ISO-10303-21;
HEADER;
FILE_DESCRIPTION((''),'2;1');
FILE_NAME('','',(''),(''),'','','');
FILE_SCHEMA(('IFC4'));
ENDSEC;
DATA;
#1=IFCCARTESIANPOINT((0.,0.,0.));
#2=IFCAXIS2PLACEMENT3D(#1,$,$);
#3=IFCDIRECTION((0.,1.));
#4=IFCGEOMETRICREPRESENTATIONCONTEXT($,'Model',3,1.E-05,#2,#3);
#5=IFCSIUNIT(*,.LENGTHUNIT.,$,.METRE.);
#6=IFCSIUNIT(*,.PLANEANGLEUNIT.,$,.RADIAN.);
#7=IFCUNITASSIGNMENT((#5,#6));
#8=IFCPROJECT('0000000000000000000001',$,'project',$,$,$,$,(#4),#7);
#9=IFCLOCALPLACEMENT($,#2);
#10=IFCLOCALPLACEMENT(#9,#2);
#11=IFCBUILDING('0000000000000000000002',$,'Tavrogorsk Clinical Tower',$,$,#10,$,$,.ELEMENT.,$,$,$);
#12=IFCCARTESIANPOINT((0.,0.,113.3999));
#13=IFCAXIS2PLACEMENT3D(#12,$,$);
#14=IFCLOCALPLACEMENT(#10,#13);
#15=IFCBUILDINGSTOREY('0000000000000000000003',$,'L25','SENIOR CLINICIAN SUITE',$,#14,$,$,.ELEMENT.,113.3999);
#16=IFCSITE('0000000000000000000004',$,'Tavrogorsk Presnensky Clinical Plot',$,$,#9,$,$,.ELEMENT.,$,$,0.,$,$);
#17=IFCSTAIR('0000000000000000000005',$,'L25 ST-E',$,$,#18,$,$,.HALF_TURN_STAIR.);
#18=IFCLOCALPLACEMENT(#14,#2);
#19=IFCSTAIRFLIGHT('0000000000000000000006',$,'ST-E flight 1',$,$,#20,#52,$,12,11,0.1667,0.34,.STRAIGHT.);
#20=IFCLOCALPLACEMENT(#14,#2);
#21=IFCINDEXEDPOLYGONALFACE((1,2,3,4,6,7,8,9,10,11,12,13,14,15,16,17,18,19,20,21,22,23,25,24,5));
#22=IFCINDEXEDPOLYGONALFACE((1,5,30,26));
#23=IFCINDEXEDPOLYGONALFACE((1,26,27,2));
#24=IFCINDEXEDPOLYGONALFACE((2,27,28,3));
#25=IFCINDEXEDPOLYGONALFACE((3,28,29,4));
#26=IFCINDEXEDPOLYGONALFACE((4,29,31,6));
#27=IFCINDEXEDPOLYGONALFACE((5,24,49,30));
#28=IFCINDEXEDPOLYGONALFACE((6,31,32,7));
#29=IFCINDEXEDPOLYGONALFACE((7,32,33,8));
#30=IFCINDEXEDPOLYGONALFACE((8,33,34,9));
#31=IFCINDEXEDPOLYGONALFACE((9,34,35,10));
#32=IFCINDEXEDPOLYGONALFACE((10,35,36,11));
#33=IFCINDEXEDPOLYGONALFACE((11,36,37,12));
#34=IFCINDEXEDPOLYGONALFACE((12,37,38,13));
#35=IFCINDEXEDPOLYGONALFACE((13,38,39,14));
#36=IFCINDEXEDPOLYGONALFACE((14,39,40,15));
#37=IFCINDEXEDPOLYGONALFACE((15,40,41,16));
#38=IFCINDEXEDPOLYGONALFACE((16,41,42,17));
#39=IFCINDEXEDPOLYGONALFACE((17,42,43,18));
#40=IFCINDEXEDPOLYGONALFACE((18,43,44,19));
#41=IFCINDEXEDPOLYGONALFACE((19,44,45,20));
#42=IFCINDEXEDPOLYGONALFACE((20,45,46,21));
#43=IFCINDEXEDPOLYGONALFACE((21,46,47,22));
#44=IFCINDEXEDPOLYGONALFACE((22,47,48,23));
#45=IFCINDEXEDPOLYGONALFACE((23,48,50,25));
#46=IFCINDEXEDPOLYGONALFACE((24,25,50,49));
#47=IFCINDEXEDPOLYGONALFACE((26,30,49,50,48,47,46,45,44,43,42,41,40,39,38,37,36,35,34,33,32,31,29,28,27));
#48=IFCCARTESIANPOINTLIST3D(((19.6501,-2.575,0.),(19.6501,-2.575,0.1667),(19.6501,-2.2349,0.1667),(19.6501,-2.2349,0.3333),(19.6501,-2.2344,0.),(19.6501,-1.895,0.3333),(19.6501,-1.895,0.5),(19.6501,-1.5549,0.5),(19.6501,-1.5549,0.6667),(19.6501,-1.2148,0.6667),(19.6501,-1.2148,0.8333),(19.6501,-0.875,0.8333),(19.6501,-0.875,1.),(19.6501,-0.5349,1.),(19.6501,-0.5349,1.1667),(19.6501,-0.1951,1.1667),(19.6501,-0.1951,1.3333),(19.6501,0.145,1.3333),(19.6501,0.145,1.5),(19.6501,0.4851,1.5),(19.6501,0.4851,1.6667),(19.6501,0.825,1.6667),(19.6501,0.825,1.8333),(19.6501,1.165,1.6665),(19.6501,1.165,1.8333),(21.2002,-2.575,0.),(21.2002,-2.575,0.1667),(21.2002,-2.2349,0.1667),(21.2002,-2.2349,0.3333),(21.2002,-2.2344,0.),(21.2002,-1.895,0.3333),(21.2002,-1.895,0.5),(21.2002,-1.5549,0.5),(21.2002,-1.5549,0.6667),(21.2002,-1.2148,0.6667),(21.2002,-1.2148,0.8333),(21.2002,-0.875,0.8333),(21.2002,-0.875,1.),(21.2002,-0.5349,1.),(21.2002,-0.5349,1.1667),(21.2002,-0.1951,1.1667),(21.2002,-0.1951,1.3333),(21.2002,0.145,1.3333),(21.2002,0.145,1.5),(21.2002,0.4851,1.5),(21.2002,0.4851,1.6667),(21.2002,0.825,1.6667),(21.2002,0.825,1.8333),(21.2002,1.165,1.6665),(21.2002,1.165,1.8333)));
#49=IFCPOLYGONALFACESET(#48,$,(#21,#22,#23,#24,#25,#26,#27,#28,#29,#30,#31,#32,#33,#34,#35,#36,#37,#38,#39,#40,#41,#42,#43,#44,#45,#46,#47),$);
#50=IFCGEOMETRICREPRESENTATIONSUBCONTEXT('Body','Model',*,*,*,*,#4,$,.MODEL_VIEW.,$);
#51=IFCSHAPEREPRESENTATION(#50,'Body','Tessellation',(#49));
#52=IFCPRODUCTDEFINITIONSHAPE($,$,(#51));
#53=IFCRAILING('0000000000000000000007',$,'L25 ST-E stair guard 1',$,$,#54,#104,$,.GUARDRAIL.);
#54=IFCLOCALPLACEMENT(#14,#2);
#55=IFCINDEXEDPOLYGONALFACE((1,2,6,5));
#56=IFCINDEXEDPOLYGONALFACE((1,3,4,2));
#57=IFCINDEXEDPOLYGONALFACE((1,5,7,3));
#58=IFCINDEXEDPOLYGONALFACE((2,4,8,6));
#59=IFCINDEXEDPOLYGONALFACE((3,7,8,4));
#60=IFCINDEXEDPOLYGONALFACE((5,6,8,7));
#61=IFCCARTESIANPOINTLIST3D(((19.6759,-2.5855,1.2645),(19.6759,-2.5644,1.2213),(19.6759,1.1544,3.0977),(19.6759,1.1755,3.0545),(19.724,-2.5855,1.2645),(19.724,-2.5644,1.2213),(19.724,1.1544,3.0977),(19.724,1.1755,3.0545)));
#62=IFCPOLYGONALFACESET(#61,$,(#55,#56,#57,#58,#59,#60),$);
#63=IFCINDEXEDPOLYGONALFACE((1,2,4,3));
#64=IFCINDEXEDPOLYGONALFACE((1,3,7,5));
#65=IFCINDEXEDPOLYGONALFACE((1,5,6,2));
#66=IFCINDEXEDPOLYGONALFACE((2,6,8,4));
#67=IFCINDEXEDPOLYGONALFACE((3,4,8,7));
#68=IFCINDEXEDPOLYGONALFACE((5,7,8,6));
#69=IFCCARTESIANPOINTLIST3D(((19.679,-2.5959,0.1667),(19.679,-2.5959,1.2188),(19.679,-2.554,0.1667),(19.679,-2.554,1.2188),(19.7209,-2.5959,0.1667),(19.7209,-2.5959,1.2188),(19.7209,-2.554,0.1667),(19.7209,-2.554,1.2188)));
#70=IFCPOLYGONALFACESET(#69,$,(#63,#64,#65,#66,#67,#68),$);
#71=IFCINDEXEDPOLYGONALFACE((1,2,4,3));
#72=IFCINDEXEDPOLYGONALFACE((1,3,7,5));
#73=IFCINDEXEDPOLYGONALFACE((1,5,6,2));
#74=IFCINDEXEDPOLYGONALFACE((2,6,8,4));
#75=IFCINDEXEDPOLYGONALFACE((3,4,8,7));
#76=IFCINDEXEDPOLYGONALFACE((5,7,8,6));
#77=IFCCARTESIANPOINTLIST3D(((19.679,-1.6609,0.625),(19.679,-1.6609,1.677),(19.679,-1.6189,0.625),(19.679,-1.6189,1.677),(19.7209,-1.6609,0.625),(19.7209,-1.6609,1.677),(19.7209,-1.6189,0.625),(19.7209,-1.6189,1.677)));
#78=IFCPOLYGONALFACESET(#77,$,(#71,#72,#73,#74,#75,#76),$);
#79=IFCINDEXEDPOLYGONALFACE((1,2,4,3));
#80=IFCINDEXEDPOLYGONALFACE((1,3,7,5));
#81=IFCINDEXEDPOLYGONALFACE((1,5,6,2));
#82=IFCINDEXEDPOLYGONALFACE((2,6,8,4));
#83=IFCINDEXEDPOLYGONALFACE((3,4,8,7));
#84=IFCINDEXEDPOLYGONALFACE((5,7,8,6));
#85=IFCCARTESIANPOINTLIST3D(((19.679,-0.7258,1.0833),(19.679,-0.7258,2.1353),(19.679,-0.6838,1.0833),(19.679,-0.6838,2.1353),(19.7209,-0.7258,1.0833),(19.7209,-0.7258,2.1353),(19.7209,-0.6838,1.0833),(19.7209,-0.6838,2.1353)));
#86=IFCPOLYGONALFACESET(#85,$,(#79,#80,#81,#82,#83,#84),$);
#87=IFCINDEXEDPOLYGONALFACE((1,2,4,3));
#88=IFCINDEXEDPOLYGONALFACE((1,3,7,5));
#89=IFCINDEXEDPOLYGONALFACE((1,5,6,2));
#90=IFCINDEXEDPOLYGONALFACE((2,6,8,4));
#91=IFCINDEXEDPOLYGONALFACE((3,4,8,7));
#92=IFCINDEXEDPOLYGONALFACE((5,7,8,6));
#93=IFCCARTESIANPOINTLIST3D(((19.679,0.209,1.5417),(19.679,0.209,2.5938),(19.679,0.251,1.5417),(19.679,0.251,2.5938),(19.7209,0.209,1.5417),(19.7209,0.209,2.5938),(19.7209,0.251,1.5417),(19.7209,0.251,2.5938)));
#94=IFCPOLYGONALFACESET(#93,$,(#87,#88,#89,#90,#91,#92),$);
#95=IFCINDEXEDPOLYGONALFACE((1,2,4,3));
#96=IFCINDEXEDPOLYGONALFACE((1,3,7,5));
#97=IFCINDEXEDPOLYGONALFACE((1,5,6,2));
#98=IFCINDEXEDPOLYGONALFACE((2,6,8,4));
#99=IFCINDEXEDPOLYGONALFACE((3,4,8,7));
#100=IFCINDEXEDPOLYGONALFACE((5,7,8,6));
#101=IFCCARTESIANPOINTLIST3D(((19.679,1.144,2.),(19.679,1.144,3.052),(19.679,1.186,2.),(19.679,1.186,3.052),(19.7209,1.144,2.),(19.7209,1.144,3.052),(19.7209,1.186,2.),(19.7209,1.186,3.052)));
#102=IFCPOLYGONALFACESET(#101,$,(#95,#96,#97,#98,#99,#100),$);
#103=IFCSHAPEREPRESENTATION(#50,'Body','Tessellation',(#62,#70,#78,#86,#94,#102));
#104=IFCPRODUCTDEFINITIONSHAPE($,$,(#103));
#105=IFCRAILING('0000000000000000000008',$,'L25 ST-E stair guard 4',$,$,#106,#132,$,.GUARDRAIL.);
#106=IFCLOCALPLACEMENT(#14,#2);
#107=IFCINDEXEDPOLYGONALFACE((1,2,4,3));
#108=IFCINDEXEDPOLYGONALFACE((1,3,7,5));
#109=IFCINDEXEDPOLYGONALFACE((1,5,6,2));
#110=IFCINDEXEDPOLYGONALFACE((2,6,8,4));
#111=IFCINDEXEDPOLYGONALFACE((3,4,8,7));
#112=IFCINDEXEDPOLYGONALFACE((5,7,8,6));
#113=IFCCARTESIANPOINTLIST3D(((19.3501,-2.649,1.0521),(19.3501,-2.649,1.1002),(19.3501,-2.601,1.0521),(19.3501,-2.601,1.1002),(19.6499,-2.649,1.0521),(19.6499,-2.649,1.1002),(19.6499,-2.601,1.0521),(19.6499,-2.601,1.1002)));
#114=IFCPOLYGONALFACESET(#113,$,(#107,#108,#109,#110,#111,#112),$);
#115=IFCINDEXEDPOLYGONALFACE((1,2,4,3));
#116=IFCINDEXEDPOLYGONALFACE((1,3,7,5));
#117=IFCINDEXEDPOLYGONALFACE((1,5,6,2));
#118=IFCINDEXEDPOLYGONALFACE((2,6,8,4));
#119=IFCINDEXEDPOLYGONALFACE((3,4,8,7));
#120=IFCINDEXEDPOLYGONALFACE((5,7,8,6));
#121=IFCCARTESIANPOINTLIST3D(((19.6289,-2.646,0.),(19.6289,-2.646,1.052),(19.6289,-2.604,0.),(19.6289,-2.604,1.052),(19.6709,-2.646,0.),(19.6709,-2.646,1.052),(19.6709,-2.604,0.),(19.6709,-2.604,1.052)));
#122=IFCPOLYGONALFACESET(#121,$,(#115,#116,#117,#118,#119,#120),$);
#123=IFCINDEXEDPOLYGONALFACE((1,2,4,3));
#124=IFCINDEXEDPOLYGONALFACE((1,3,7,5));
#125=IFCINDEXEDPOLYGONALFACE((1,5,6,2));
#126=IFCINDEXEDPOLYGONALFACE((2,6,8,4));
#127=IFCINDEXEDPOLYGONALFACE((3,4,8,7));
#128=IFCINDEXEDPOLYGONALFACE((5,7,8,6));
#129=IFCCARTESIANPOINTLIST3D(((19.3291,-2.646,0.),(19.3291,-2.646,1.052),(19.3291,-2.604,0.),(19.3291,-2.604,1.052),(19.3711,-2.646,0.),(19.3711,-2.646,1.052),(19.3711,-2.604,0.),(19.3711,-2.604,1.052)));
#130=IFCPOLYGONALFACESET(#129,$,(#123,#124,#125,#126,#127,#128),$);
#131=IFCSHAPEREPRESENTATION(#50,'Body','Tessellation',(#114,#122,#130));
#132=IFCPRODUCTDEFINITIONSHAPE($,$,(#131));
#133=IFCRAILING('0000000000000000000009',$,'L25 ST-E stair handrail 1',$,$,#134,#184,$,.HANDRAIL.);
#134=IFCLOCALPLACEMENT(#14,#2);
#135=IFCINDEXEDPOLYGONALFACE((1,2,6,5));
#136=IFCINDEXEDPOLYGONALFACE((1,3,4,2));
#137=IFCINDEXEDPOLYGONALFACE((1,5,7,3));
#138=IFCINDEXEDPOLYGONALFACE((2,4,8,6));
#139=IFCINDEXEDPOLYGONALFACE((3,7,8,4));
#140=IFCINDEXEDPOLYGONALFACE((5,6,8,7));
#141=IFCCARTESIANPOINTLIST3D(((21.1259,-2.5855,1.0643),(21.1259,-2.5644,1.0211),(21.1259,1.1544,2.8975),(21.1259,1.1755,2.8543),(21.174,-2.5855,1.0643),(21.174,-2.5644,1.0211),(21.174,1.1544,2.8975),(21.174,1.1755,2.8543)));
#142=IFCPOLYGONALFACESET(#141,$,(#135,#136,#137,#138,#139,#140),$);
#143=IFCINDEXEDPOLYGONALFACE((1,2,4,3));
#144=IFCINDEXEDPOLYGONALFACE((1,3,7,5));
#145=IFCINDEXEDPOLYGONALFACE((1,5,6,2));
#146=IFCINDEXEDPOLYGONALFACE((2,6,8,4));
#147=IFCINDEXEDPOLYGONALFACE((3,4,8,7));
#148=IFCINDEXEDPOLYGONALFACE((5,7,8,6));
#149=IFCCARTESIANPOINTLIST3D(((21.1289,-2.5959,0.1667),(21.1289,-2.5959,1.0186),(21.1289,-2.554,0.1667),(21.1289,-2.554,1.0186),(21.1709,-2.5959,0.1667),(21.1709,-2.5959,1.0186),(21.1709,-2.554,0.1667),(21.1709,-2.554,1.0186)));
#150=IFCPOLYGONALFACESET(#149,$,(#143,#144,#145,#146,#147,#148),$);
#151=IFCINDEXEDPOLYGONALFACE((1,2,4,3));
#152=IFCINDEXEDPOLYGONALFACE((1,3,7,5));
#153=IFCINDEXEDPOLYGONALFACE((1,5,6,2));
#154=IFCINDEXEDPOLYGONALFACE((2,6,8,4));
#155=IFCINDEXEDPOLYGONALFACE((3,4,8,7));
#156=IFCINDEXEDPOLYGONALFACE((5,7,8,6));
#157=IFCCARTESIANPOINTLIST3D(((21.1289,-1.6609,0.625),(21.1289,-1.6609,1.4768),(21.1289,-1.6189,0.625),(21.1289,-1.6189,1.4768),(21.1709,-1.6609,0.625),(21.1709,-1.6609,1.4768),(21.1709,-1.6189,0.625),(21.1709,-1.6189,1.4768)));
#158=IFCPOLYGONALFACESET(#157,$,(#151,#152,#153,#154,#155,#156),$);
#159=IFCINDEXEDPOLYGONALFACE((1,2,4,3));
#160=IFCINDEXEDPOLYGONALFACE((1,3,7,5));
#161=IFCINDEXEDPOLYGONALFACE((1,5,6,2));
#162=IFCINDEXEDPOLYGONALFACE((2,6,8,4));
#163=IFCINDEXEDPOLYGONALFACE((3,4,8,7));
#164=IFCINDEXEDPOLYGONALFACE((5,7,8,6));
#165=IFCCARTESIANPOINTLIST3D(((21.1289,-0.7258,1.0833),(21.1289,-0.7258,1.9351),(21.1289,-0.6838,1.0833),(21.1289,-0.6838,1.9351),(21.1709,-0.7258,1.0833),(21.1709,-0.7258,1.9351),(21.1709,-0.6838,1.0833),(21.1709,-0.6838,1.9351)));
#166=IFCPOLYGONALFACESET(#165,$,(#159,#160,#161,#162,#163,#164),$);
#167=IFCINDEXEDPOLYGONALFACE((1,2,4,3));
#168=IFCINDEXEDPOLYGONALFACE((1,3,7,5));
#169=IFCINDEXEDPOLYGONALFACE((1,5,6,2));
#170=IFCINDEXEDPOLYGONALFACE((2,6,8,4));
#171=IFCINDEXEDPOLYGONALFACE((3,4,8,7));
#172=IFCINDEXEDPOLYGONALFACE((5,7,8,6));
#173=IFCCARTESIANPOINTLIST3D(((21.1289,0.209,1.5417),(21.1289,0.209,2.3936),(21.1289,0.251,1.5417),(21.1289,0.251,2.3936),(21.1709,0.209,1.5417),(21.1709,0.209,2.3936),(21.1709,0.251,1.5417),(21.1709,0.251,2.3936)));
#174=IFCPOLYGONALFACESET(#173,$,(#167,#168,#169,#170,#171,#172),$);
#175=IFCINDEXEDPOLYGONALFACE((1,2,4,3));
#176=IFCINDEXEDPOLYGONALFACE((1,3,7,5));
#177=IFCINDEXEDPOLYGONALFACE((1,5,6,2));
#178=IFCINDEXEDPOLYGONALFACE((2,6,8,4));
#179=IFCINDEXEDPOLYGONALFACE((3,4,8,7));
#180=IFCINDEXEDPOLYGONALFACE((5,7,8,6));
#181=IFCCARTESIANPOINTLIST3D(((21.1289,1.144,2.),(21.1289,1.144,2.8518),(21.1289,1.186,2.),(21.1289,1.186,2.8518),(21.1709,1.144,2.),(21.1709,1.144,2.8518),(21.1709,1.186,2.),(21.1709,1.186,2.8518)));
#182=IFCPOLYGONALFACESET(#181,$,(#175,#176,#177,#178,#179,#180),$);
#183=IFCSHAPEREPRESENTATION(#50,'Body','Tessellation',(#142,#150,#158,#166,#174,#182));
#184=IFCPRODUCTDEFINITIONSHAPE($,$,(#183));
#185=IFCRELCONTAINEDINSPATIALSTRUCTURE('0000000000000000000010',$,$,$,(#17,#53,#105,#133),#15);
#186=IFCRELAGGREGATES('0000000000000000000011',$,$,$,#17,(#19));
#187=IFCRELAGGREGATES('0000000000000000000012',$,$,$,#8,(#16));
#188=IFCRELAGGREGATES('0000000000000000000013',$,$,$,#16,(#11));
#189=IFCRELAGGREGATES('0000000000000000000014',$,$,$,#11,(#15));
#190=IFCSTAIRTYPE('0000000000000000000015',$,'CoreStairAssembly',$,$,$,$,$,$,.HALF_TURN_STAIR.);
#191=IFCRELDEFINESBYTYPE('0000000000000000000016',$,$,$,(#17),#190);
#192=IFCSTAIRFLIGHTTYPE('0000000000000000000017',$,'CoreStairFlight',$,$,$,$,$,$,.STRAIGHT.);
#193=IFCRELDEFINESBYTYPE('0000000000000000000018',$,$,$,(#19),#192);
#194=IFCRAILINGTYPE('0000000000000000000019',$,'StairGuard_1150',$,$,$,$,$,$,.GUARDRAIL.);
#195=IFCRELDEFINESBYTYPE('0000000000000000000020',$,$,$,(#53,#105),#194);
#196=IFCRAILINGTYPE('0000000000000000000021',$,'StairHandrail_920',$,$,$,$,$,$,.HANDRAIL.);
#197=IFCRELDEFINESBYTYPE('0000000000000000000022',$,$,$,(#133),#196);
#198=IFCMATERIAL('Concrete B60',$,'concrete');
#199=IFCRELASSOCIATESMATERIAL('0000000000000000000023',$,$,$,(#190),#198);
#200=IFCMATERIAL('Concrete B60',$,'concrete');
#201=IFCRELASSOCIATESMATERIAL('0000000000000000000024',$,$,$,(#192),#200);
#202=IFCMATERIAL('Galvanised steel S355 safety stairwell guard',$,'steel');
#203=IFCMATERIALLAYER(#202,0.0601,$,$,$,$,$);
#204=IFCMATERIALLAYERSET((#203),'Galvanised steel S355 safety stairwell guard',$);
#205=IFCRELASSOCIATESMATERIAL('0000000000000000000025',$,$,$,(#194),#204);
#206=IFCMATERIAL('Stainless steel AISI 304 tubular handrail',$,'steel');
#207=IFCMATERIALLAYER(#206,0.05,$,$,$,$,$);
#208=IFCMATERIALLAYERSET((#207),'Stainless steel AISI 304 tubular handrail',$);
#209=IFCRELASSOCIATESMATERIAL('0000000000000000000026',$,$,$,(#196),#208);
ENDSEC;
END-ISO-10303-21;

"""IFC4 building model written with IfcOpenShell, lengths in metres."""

from ifc_helpers import new_model, si_unit, direction, frame, origin, origin_2d, place, context, subcontext, project, spatial, polyline, rectangle, outline, extrude, material, layer, layer_set, type_object, element, aggregate, save


model = new_model("IFC4")

# Units and contexts
model_context = context("Model", 3, precision=1e-05, world=origin(), true_north=direction((0.0, 1.0)))
body_context = subcontext(model_context, "Body", "Model", "MODEL_VIEW")
ifc_project = project(units=[si_unit("LENGTHUNIT", "METRE"), si_unit("PLANEANGLEUNIT", "RADIAN")], contexts=[model_context])

# Site, building, storey
site_placement = place(None, origin())
site = spatial("IfcSite", under=ifc_project, at=site_placement, Name="Tavrogorsk Presnensky Clinical Plot", CompositionType="ELEMENT", RefElevation=0.0)
building_placement = place(site_placement, origin())
building = spatial("IfcBuilding", under=site, at=building_placement, Name="Tavrogorsk Clinical Tower", CompositionType="ELEMENT")
storey_placement = place(building_placement, frame((0.0, 0.0, 113.3999)))
storey = spatial("IfcBuildingStorey", under=building, at=storey_placement, Name="L25", Description="SENIOR CLINICIAN SUITE", CompositionType="ELEMENT", Elevation=113.3999)

# Stair, stair flight
ifc_material_1 = material(Name="Concrete B60", Category="concrete")
stair_type = type_object("IfcStairType", Name="CoreStairAssembly", PredefinedType="HALF_TURN_STAIR", material=ifc_material_1)
stair_placement = place(storey_placement, origin())
stair = element("IfcStair", 1, at=stair_placement, inside=storey, type_object=stair_type, Name="L25 ST-E", PredefinedType="HALF_TURN_STAIR")
ifc_material_2 = material(Name="Concrete B60", Category="concrete")
stair_flight_type = type_object("IfcStairFlightType", Name="CoreStairFlight", PredefinedType="STRAIGHT", material=ifc_material_2)
stair_flight_placement = place(storey_placement, frame((20.425, -2.575, 0.0), z_axis=(0.0, 0.0, 1.0), x_axis=(0.0, 1.0, 0.0)))
stair_flight = element("IfcStairFlight", 2, at=stair_flight_placement, type_object=stair_flight_type, Name="ST-E flight 1", NumberOfRisers=12, NumberOfTreads=11, PredefinedType="STRAIGHT", RiserHeight=0.1667, TreadLength=0.34, context=body_context, shape_type="SweptSolid", body=[
    extrude(outline(polyline([(0.0, 0.0), (0.0, 0.1667), (0.3401, 0.1667), (0.3401, 0.3333), (0.6799, 0.3333), (0.6799, 0.5), (1.02, 0.5), (1.02, 0.6667), (1.3601, 0.6667), (1.3601, 0.8333), (1.7, 0.8333), (1.7, 1.0), (2.04, 1.0), (2.04, 1.1667), (2.3799, 1.1667), (2.3799, 1.3333), (2.72, 1.3333), (2.72, 1.5), (3.0601, 1.5), (3.0601, 1.6667), (3.3999, 1.6667), (3.3999, 1.8333), (3.74, 1.8333), (3.74, 2.0), (3.74, 1.6665), (0.3406, 0.0), (0.0, 0.0)])), frame((0.0, 0.7749, 0.0), z_axis=(0.0, -1.0, 0.0), x_axis=(1.0, 0.0, 0.0)), (0.0, 0.0, 1.0), 1.55),
])
aggregate(stair, [stair_flight])

# Railings
ifc_material_3 = material(Name="Galvanised steel S355 safety stairwell guard", Category="steel")
ifc_layer_1 = layer(ifc_material_3, 0.0601)
ifc_layer_set_1 = layer_set([ifc_layer_1], Name="Galvanised steel S355 safety stairwell guard")
railing_type_1 = type_object("IfcRailingType", Name="StairGuard_1150", PredefinedType="GUARDRAIL", material=ifc_layer_set_1)
railing_1_placement = place(storey_placement, frame((19.7, -2.575, 0.1667)))
element("IfcRailing", 3, at=railing_1_placement, inside=storey, type_object=railing_type_1, Name="L25 ST-E stair guard 1", PredefinedType="GUARDRAIL", context=body_context, shape_type="SweptSolid", body=[
    extrude(rectangle(XDim=0.0481, YDim=0.0481, at=origin_2d()), frame((0.0, 0.0, 1.0762), z_axis=(0.0, 0.897928, 0.440142), x_axis=(-1.0, 0.0, 0.0)), (0.0, 0.0, 1.0), 4.165),
    extrude(rectangle(XDim=0.042, YDim=0.042, at=origin_2d()), origin(), (0.0, 0.0, 1.0), 1.052),
    extrude(rectangle(XDim=0.042, YDim=0.042, at=origin_2d()), frame((0.0, 0.9351, 0.4583)), (0.0, 0.0, 1.0), 1.052),
    extrude(rectangle(XDim=0.042, YDim=0.042, at=origin_2d()), frame((0.0, 1.8701, 0.9165)), (0.0, 0.0, 1.0), 1.052),
    extrude(rectangle(XDim=0.042, YDim=0.042, at=origin_2d()), frame((0.0, 2.8049, 1.375)), (0.0, 0.0, 1.0), 1.052),
    extrude(rectangle(XDim=0.042, YDim=0.042, at=origin_2d()), frame((0.0, 3.74, 1.8333)), (0.0, 0.0, 1.0), 1.052),
])
railing_2_placement = place(storey_placement, frame((19.6499, -2.625, 0.0)))
element("IfcRailing", 4, at=railing_2_placement, inside=storey, type_object=railing_type_1, Name="L25 ST-E stair guard 4", PredefinedType="GUARDRAIL", context=body_context, shape_type="SweptSolid", body=[
    extrude(rectangle(XDim=0.0481, YDim=0.0481, at=origin_2d()), frame((0.0, 0.0, 1.0762), z_axis=(-1.0, 0.0, 0.0), x_axis=(0.0, -1.0, 0.0)), (0.0, 0.0, 1.0), 0.2998),
    extrude(rectangle(XDim=0.042, YDim=0.042, at=origin_2d()), origin(), (0.0, 0.0, 1.0), 1.052),
    extrude(rectangle(XDim=0.042, YDim=0.042, at=origin_2d()), frame((-0.2998, 0.0, 0.0)), (0.0, 0.0, 1.0), 1.052),
])
ifc_material_4 = material(Name="Stainless steel AISI 304 tubular handrail", Category="steel")
ifc_layer_2 = layer(ifc_material_4, 0.05)
ifc_layer_set_2 = layer_set([ifc_layer_2], Name="Stainless steel AISI 304 tubular handrail")
railing_type_2 = type_object("IfcRailingType", Name="StairHandrail_920", PredefinedType="HANDRAIL", material=ifc_layer_set_2)
railing_3_placement = place(storey_placement, frame((21.1499, -2.575, 0.1667)))
element("IfcRailing", 5, at=railing_3_placement, inside=storey, type_object=railing_type_2, Name="L25 ST-E stair handrail 1", PredefinedType="HANDRAIL", context=body_context, shape_type="SweptSolid", body=[
    extrude(rectangle(XDim=0.0481, YDim=0.0481, at=origin_2d()), frame((0.0, 0.0, 0.876), z_axis=(0.0, 0.897928, 0.440142), x_axis=(-1.0, 0.0, 0.0)), (0.0, 0.0, 1.0), 4.165),
    extrude(rectangle(XDim=0.042, YDim=0.042, at=origin_2d()), origin(), (0.0, 0.0, 1.0), 0.8518),
    extrude(rectangle(XDim=0.042, YDim=0.042, at=origin_2d()), frame((0.0, 0.9351, 0.4583)), (0.0, 0.0, 1.0), 0.8518),
    extrude(rectangle(XDim=0.042, YDim=0.042, at=origin_2d()), frame((0.0, 1.8701, 0.9165)), (0.0, 0.0, 1.0), 0.8518),
    extrude(rectangle(XDim=0.042, YDim=0.042, at=origin_2d()), frame((0.0, 2.8049, 1.375)), (0.0, 0.0, 1.0), 0.8518),
    extrude(rectangle(XDim=0.042, YDim=0.042, at=origin_2d()), frame((0.0, 3.74, 1.8333)), (0.0, 0.0, 1.0), 0.8518),
])

save(model, "model.ifc")
